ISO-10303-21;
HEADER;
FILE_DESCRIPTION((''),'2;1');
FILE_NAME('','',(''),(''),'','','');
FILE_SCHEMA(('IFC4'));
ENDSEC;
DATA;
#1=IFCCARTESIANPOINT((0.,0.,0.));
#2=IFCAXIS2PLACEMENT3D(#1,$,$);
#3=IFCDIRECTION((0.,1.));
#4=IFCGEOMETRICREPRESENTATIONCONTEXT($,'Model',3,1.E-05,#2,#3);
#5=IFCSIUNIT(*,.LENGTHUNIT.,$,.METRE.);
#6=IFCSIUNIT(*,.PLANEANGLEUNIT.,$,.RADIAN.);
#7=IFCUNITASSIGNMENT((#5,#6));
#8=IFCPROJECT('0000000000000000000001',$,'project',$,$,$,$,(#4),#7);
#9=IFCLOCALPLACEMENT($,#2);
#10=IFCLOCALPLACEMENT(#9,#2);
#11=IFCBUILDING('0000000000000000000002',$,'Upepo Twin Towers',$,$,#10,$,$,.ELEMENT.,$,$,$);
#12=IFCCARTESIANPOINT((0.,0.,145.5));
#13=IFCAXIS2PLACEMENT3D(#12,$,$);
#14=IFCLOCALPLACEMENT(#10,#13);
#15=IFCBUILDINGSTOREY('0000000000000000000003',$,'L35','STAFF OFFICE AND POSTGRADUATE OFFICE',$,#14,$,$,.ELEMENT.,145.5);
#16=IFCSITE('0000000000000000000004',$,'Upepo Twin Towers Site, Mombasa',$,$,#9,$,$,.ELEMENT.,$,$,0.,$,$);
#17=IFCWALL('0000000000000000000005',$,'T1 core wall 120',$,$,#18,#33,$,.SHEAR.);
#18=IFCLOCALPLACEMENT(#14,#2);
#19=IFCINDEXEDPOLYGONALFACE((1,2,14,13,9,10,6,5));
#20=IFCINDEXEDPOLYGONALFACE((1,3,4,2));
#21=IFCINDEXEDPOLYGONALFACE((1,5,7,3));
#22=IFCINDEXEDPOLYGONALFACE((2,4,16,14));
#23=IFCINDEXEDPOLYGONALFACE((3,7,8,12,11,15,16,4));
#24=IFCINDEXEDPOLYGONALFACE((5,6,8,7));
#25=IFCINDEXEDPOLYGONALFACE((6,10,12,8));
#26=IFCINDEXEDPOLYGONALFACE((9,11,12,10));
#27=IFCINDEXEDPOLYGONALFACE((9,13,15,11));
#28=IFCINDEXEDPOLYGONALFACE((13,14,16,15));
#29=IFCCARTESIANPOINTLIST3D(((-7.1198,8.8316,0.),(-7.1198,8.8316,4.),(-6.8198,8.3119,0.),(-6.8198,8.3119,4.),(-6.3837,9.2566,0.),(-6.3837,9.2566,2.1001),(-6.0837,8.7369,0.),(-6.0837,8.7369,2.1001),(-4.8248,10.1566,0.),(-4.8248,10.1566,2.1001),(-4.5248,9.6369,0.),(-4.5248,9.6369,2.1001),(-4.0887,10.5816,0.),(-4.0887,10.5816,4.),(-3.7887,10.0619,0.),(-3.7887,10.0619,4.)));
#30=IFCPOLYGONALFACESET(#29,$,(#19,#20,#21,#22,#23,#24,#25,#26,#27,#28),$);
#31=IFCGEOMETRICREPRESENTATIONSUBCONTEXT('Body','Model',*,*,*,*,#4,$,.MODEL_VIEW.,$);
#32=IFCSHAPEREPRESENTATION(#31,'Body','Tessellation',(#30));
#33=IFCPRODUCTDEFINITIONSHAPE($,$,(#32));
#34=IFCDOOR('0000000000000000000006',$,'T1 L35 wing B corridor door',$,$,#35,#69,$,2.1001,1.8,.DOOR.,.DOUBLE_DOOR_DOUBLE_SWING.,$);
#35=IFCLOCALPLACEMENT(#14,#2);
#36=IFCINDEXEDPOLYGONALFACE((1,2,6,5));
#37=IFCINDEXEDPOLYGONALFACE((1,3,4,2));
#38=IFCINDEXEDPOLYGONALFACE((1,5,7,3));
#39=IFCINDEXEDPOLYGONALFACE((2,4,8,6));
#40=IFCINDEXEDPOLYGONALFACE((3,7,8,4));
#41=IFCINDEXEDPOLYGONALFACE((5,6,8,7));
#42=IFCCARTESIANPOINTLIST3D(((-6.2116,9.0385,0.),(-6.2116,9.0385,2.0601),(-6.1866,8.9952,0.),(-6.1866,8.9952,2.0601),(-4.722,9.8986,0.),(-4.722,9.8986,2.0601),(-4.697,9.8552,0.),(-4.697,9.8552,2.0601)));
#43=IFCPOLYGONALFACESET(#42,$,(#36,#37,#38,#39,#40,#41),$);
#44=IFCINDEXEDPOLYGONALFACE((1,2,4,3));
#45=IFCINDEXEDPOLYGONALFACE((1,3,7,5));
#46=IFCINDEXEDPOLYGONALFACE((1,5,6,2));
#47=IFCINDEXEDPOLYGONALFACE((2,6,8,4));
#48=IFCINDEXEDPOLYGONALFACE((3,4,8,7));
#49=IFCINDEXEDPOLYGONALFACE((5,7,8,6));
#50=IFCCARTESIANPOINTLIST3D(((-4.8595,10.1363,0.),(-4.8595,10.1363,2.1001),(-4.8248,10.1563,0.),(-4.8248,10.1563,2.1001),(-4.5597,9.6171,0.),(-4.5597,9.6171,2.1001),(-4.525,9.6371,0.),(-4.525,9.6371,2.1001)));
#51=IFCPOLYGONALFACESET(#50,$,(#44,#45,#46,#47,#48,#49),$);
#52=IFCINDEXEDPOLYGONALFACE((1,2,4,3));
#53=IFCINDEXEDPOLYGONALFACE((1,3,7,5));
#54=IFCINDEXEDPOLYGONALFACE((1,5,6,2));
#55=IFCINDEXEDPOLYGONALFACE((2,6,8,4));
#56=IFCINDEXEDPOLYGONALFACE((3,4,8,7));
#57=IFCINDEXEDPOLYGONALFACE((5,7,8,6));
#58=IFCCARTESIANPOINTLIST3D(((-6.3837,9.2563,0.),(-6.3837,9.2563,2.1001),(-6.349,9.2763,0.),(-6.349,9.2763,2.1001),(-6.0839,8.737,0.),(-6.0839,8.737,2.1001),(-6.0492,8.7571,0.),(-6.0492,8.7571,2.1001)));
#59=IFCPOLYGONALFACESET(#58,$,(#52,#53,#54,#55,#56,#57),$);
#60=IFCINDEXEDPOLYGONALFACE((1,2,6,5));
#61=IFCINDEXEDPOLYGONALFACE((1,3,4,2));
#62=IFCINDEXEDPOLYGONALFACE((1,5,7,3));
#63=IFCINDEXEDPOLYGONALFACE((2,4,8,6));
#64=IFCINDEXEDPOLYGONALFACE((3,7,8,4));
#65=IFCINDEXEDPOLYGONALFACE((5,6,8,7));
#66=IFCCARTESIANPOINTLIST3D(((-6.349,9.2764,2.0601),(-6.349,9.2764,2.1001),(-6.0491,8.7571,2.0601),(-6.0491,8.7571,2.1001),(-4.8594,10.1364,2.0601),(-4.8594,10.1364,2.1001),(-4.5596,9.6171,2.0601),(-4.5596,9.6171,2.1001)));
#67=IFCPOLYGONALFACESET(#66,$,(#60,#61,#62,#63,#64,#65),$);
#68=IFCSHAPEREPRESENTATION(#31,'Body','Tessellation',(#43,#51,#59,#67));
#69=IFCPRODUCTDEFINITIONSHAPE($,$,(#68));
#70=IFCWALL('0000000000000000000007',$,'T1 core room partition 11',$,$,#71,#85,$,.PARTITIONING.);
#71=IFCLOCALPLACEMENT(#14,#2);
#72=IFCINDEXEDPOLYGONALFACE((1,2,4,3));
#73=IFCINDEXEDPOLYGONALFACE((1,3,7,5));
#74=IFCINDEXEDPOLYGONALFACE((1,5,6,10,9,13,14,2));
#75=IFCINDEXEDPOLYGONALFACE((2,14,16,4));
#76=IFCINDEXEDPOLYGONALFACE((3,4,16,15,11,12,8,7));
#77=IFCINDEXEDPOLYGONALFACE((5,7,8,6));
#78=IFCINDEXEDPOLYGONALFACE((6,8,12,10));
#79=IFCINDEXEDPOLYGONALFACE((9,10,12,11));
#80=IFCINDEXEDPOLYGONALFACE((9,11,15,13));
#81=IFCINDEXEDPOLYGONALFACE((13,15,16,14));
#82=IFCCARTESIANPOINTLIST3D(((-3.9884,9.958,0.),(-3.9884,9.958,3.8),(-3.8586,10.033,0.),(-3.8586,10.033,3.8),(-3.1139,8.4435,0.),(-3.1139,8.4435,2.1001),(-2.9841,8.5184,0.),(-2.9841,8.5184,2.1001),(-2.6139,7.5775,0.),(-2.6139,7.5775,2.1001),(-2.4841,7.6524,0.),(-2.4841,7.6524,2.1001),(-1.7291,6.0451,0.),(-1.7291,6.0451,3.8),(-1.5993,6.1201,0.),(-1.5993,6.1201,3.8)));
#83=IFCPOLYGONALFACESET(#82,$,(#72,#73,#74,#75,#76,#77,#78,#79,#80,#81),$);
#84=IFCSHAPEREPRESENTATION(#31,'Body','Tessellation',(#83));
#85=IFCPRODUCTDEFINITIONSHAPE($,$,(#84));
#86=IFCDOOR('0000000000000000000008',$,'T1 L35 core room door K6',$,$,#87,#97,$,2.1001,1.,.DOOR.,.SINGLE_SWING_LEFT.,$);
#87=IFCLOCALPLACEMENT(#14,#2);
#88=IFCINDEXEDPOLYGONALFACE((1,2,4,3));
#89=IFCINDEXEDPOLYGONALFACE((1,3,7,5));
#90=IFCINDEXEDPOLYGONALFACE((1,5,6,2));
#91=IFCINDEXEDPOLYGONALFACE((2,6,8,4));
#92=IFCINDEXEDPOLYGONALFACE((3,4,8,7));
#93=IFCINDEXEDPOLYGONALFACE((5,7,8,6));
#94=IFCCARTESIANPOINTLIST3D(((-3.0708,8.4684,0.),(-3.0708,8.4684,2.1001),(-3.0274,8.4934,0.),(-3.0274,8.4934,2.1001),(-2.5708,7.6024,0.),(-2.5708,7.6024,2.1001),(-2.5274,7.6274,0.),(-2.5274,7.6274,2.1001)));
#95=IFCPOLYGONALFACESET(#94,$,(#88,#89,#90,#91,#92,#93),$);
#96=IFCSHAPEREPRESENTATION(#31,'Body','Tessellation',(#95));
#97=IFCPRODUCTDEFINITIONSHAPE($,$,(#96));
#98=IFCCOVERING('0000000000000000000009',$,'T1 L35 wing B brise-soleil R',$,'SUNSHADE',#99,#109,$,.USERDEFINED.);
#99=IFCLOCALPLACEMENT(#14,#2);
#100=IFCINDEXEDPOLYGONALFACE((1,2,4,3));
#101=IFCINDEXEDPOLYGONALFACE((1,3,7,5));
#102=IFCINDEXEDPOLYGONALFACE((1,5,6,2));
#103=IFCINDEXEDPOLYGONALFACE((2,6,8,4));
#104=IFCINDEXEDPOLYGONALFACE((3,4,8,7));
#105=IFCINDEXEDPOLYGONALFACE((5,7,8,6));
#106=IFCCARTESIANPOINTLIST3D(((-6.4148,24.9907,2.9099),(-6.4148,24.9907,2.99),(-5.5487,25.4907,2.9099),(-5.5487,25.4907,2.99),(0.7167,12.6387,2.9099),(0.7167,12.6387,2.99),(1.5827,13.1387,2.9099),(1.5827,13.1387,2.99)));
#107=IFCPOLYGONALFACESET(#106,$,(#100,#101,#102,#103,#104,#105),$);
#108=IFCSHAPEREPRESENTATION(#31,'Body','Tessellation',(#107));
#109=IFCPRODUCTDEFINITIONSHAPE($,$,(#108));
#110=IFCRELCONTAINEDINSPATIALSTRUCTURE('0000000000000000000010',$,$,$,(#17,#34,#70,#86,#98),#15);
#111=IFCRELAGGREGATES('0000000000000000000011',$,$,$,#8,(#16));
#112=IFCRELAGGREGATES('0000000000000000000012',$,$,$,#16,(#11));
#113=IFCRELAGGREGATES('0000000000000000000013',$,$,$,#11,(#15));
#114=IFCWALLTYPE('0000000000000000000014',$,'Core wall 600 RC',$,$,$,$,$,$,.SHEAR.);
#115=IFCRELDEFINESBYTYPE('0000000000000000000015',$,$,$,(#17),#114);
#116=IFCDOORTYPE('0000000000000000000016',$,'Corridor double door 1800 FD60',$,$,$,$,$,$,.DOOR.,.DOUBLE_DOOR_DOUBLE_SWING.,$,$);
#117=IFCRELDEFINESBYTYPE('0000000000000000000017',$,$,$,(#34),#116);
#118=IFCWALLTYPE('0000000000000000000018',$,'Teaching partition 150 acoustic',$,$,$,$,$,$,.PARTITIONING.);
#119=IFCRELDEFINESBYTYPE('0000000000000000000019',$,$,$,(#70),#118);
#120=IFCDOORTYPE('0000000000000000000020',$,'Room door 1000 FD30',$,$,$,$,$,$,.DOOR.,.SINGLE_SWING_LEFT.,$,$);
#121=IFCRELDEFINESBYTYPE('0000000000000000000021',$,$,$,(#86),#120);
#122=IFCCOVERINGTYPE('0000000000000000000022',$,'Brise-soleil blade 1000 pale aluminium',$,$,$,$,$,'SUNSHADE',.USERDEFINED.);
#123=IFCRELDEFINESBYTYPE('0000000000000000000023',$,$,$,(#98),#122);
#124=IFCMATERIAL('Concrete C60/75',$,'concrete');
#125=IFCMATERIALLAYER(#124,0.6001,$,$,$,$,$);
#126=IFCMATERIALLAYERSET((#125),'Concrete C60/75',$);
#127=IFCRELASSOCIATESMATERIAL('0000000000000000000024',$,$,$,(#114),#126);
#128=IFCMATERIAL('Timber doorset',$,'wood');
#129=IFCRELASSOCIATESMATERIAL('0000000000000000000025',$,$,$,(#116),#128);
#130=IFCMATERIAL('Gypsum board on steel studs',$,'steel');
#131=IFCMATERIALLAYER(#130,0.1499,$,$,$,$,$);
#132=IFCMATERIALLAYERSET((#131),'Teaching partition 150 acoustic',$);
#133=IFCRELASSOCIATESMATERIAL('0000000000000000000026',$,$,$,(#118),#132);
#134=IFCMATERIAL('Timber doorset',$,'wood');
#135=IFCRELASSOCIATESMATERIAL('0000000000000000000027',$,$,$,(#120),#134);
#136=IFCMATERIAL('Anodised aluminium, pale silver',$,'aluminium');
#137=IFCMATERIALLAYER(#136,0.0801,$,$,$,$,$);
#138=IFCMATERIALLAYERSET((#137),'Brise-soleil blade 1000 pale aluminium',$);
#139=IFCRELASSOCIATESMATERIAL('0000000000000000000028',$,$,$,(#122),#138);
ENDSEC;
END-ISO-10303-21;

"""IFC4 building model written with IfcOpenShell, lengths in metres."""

from ifc_helpers import new_model, si_unit, direction, frame, frame_2d, origin, origin_2d, place, context, subcontext, project, spatial, rectangle, extrude, material, layer, layer_set, type_object, element, fill, save


model = new_model("IFC4")

# Units and contexts
model_context = context("Model", 3, precision=1e-05, world=origin(), true_north=direction((0.0, 1.0)))
body_context = subcontext(model_context, "Body", "Model", "MODEL_VIEW")
ifc_project = project(units=[si_unit("LENGTHUNIT", "METRE"), si_unit("PLANEANGLEUNIT", "RADIAN")], contexts=[model_context])

# Site, building, storey
site_placement = place(None, origin())
site = spatial("IfcSite", under=ifc_project, at=site_placement, Name="Upepo Twin Towers Site, Mombasa", CompositionType="ELEMENT", RefElevation=0.0)
building_placement = place(site_placement, origin())
building = spatial("IfcBuilding", under=site, at=building_placement, Name="Upepo Twin Towers", CompositionType="ELEMENT")
storey_placement = place(building_placement, frame((0.0, 0.0, 145.5)))
storey = spatial("IfcBuildingStorey", under=building, at=storey_placement, Name="L35", Description="STAFF OFFICE AND POSTGRADUATE OFFICE", CompositionType="ELEMENT", Elevation=145.5)

# Shared definitions
ifc_material_1 = material(Name="Concrete C60/75", Category="concrete")
ifc_layer_1 = layer(ifc_material_1, 0.6001)
ifc_layer_set_1 = layer_set([ifc_layer_1], Name="Concrete C60/75")
wall_type_1 = type_object("IfcWallType", Name="Core wall 600 RC", PredefinedType="SHEAR", material=ifc_layer_set_1)

# Walls, openings, doors
wall_1_placement = place(storey_placement, frame((-3.9387, 10.3218, 0.0), z_axis=(0.0, 0.0, 1.0), x_axis=(-0.866019, -0.50001, 0.0)))
wall_1 = element("IfcWall", 1, at=wall_1_placement, inside=storey, type_object=wall_type_1, Name="T1 core wall 120", PredefinedType="SHEAR", context=body_context, shape_type="SweptSolid", body=[
    extrude(rectangle(XDim=3.5, YDim=0.6001, at=frame_2d((1.75, 0.0))), origin(), (0.0, 0.0, 1.0), 4.0),
])
opening_1_placement = place(wall_1_placement, frame((0.8501, 0.0, 0.0)))
opening_1 = element("IfcOpeningElement", 2, at=opening_1_placement, cuts=wall_1, PredefinedType="OPENING", context=body_context, shape_type="SweptSolid", body=[
    extrude(rectangle(XDim=1.8, YDim=2.1001, at=frame_2d((0.8999, 1.05))), frame((0.0, 0.3101, 0.0), z_axis=(0.0, -1.0, 0.0), x_axis=(1.0, 0.0, 0.0)), (0.0, 0.0, 1.0), 0.6201),
])
ifc_material_2 = material(Name="Timber doorset", Category="wood")
door_type_1 = type_object("IfcDoorType", Name="Corridor double door 1800 FD60", OperationType="DOUBLE_DOOR_DOUBLE_SWING", PredefinedType="DOOR", material=ifc_material_2)
door_1_placement = place(opening_1_placement, origin())
door_1 = element("IfcDoor", 3, at=door_1_placement, inside=storey, type_object=door_type_1, Name="T1 L35 wing B corridor door", OperationType="DOUBLE_DOOR_DOUBLE_SWING", OverallHeight=2.1001, OverallWidth=1.8, PredefinedType="DOOR", context=body_context, shape_type="SweptSolid", body=[
    extrude(rectangle(XDim=1.72, YDim=2.0601, at=frame_2d((0.8999, 1.03))), frame((0.0, 0.0249, 0.0), z_axis=(0.0, -1.0, 0.0), x_axis=(1.0, 0.0, 0.0)), (0.0, 0.0, 1.0), 0.05),
    extrude(rectangle(XDim=0.04, YDim=2.1001, at=frame_2d((0.02, 1.05))), frame((0.0, 0.2998, 0.0), z_axis=(0.0, -1.0, 0.0), x_axis=(1.0, 0.0, 0.0)), (0.0, 0.0, 1.0), 0.5996),
    extrude(rectangle(XDim=0.04, YDim=2.1001, at=frame_2d((1.78, 1.05))), frame((0.0, 0.2998, 0.0), z_axis=(0.0, -1.0, 0.0), x_axis=(1.0, 0.0, 0.0)), (0.0, 0.0, 1.0), 0.5996),
    extrude(rectangle(XDim=1.72, YDim=0.04, at=frame_2d((0.8999, 2.0801))), frame((0.0, 0.2998, 0.0), z_axis=(0.0, -1.0, 0.0), x_axis=(1.0, 0.0, 0.0)), (0.0, 0.0, 1.0), 0.5996),
])
fill(opening_1, door_1)
ifc_material_3 = material(Name="Gypsum board on steel studs", Category="steel")
ifc_layer_2 = layer(ifc_material_3, 0.1499)
ifc_layer_set_2 = layer_set([ifc_layer_2], Name="Teaching partition 150 acoustic")
wall_type_2 = type_object("IfcWallType", Name="Teaching partition 150 acoustic", PredefinedType="PARTITIONING", material=ifc_layer_set_2)
wall_2_placement = place(storey_placement, frame((-3.9236, 9.9956, 0.0), z_axis=(0.0, 0.0, 1.0), x_axis=(0.500033, -0.866007, 0.0)))
wall_2 = element("IfcWall", 4, at=wall_2_placement, inside=storey, type_object=wall_type_2, Name="T1 core room partition 11", PredefinedType="PARTITIONING", context=body_context, shape_type="SweptSolid", body=[
    extrude(rectangle(XDim=4.5183, YDim=0.1499, at=frame_2d((2.2593, 0.0))), origin(), (0.0, 0.0, 1.0), 3.8),
])
opening_2_placement = place(wall_2_placement, frame((1.749, 0.0, 0.0)))
opening_2 = element("IfcOpeningElement", 5, at=opening_2_placement, cuts=wall_2, PredefinedType="OPENING", context=body_context, shape_type="SweptSolid", body=[
    extrude(rectangle(XDim=1.0, YDim=2.1001, at=frame_2d((0.5, 1.05))), frame((0.0, 0.085, 0.0), z_axis=(0.0, -1.0, 0.0), x_axis=(1.0, 0.0, 0.0)), (0.0, 0.0, 1.0), 0.1699),
])
ifc_material_4 = material(Name="Timber doorset", Category="wood")
door_type_2 = type_object("IfcDoorType", Name="Room door 1000 FD30", OperationType="SINGLE_SWING_LEFT", PredefinedType="DOOR", material=ifc_material_4)
door_2_placement = place(opening_2_placement, origin())
door_2 = element("IfcDoor", 6, at=door_2_placement, inside=storey, type_object=door_type_2, Name="T1 L35 core room door K6", OperationType="SINGLE_SWING_LEFT", OverallHeight=2.1001, OverallWidth=1.0, PredefinedType="DOOR", context=body_context, shape_type="SweptSolid", body=[
    extrude(rectangle(XDim=1.0, YDim=2.1001, at=frame_2d((0.5, 1.05))), frame((0.0, 0.0249, 0.0), z_axis=(0.0, -1.0, 0.0), x_axis=(1.0, 0.0, 0.0)), (0.0, 0.0, 1.0), 0.05),
])
fill(opening_2, door_2)

# Covering
ifc_material_5 = material(Name="Anodised aluminium, pale silver", Category="aluminium")
ifc_layer_3 = layer(ifc_material_5, 0.0801)
ifc_layer_set_3 = layer_set([ifc_layer_3], Name="Brise-soleil blade 1000 pale aluminium")
covering_type = type_object("IfcCoveringType", Name="Brise-soleil blade 1000 pale aluminium", ElementType="SUNSHADE", PredefinedType="USERDEFINED", material=ifc_layer_set_3)
covering_placement = place(storey_placement, frame((-2.416, 19.0647, 2.9099), z_axis=(0.0, 0.0, 1.0), x_axis=(-0.5, 0.866025, 0.0)))
element("IfcCovering", 7, at=covering_placement, inside=storey, type_object=covering_type, Name="T1 L35 wing B brise-soleil R", ObjectType="SUNSHADE", PredefinedType="USERDEFINED", context=body_context, shape_type="SweptSolid", body=[
    extrude(rectangle(XDim=14.2629, YDim=1.0, at=origin_2d()), origin(), (0.0, 0.0, 1.0), 0.0801),
])

save(model, "model.ifc")
